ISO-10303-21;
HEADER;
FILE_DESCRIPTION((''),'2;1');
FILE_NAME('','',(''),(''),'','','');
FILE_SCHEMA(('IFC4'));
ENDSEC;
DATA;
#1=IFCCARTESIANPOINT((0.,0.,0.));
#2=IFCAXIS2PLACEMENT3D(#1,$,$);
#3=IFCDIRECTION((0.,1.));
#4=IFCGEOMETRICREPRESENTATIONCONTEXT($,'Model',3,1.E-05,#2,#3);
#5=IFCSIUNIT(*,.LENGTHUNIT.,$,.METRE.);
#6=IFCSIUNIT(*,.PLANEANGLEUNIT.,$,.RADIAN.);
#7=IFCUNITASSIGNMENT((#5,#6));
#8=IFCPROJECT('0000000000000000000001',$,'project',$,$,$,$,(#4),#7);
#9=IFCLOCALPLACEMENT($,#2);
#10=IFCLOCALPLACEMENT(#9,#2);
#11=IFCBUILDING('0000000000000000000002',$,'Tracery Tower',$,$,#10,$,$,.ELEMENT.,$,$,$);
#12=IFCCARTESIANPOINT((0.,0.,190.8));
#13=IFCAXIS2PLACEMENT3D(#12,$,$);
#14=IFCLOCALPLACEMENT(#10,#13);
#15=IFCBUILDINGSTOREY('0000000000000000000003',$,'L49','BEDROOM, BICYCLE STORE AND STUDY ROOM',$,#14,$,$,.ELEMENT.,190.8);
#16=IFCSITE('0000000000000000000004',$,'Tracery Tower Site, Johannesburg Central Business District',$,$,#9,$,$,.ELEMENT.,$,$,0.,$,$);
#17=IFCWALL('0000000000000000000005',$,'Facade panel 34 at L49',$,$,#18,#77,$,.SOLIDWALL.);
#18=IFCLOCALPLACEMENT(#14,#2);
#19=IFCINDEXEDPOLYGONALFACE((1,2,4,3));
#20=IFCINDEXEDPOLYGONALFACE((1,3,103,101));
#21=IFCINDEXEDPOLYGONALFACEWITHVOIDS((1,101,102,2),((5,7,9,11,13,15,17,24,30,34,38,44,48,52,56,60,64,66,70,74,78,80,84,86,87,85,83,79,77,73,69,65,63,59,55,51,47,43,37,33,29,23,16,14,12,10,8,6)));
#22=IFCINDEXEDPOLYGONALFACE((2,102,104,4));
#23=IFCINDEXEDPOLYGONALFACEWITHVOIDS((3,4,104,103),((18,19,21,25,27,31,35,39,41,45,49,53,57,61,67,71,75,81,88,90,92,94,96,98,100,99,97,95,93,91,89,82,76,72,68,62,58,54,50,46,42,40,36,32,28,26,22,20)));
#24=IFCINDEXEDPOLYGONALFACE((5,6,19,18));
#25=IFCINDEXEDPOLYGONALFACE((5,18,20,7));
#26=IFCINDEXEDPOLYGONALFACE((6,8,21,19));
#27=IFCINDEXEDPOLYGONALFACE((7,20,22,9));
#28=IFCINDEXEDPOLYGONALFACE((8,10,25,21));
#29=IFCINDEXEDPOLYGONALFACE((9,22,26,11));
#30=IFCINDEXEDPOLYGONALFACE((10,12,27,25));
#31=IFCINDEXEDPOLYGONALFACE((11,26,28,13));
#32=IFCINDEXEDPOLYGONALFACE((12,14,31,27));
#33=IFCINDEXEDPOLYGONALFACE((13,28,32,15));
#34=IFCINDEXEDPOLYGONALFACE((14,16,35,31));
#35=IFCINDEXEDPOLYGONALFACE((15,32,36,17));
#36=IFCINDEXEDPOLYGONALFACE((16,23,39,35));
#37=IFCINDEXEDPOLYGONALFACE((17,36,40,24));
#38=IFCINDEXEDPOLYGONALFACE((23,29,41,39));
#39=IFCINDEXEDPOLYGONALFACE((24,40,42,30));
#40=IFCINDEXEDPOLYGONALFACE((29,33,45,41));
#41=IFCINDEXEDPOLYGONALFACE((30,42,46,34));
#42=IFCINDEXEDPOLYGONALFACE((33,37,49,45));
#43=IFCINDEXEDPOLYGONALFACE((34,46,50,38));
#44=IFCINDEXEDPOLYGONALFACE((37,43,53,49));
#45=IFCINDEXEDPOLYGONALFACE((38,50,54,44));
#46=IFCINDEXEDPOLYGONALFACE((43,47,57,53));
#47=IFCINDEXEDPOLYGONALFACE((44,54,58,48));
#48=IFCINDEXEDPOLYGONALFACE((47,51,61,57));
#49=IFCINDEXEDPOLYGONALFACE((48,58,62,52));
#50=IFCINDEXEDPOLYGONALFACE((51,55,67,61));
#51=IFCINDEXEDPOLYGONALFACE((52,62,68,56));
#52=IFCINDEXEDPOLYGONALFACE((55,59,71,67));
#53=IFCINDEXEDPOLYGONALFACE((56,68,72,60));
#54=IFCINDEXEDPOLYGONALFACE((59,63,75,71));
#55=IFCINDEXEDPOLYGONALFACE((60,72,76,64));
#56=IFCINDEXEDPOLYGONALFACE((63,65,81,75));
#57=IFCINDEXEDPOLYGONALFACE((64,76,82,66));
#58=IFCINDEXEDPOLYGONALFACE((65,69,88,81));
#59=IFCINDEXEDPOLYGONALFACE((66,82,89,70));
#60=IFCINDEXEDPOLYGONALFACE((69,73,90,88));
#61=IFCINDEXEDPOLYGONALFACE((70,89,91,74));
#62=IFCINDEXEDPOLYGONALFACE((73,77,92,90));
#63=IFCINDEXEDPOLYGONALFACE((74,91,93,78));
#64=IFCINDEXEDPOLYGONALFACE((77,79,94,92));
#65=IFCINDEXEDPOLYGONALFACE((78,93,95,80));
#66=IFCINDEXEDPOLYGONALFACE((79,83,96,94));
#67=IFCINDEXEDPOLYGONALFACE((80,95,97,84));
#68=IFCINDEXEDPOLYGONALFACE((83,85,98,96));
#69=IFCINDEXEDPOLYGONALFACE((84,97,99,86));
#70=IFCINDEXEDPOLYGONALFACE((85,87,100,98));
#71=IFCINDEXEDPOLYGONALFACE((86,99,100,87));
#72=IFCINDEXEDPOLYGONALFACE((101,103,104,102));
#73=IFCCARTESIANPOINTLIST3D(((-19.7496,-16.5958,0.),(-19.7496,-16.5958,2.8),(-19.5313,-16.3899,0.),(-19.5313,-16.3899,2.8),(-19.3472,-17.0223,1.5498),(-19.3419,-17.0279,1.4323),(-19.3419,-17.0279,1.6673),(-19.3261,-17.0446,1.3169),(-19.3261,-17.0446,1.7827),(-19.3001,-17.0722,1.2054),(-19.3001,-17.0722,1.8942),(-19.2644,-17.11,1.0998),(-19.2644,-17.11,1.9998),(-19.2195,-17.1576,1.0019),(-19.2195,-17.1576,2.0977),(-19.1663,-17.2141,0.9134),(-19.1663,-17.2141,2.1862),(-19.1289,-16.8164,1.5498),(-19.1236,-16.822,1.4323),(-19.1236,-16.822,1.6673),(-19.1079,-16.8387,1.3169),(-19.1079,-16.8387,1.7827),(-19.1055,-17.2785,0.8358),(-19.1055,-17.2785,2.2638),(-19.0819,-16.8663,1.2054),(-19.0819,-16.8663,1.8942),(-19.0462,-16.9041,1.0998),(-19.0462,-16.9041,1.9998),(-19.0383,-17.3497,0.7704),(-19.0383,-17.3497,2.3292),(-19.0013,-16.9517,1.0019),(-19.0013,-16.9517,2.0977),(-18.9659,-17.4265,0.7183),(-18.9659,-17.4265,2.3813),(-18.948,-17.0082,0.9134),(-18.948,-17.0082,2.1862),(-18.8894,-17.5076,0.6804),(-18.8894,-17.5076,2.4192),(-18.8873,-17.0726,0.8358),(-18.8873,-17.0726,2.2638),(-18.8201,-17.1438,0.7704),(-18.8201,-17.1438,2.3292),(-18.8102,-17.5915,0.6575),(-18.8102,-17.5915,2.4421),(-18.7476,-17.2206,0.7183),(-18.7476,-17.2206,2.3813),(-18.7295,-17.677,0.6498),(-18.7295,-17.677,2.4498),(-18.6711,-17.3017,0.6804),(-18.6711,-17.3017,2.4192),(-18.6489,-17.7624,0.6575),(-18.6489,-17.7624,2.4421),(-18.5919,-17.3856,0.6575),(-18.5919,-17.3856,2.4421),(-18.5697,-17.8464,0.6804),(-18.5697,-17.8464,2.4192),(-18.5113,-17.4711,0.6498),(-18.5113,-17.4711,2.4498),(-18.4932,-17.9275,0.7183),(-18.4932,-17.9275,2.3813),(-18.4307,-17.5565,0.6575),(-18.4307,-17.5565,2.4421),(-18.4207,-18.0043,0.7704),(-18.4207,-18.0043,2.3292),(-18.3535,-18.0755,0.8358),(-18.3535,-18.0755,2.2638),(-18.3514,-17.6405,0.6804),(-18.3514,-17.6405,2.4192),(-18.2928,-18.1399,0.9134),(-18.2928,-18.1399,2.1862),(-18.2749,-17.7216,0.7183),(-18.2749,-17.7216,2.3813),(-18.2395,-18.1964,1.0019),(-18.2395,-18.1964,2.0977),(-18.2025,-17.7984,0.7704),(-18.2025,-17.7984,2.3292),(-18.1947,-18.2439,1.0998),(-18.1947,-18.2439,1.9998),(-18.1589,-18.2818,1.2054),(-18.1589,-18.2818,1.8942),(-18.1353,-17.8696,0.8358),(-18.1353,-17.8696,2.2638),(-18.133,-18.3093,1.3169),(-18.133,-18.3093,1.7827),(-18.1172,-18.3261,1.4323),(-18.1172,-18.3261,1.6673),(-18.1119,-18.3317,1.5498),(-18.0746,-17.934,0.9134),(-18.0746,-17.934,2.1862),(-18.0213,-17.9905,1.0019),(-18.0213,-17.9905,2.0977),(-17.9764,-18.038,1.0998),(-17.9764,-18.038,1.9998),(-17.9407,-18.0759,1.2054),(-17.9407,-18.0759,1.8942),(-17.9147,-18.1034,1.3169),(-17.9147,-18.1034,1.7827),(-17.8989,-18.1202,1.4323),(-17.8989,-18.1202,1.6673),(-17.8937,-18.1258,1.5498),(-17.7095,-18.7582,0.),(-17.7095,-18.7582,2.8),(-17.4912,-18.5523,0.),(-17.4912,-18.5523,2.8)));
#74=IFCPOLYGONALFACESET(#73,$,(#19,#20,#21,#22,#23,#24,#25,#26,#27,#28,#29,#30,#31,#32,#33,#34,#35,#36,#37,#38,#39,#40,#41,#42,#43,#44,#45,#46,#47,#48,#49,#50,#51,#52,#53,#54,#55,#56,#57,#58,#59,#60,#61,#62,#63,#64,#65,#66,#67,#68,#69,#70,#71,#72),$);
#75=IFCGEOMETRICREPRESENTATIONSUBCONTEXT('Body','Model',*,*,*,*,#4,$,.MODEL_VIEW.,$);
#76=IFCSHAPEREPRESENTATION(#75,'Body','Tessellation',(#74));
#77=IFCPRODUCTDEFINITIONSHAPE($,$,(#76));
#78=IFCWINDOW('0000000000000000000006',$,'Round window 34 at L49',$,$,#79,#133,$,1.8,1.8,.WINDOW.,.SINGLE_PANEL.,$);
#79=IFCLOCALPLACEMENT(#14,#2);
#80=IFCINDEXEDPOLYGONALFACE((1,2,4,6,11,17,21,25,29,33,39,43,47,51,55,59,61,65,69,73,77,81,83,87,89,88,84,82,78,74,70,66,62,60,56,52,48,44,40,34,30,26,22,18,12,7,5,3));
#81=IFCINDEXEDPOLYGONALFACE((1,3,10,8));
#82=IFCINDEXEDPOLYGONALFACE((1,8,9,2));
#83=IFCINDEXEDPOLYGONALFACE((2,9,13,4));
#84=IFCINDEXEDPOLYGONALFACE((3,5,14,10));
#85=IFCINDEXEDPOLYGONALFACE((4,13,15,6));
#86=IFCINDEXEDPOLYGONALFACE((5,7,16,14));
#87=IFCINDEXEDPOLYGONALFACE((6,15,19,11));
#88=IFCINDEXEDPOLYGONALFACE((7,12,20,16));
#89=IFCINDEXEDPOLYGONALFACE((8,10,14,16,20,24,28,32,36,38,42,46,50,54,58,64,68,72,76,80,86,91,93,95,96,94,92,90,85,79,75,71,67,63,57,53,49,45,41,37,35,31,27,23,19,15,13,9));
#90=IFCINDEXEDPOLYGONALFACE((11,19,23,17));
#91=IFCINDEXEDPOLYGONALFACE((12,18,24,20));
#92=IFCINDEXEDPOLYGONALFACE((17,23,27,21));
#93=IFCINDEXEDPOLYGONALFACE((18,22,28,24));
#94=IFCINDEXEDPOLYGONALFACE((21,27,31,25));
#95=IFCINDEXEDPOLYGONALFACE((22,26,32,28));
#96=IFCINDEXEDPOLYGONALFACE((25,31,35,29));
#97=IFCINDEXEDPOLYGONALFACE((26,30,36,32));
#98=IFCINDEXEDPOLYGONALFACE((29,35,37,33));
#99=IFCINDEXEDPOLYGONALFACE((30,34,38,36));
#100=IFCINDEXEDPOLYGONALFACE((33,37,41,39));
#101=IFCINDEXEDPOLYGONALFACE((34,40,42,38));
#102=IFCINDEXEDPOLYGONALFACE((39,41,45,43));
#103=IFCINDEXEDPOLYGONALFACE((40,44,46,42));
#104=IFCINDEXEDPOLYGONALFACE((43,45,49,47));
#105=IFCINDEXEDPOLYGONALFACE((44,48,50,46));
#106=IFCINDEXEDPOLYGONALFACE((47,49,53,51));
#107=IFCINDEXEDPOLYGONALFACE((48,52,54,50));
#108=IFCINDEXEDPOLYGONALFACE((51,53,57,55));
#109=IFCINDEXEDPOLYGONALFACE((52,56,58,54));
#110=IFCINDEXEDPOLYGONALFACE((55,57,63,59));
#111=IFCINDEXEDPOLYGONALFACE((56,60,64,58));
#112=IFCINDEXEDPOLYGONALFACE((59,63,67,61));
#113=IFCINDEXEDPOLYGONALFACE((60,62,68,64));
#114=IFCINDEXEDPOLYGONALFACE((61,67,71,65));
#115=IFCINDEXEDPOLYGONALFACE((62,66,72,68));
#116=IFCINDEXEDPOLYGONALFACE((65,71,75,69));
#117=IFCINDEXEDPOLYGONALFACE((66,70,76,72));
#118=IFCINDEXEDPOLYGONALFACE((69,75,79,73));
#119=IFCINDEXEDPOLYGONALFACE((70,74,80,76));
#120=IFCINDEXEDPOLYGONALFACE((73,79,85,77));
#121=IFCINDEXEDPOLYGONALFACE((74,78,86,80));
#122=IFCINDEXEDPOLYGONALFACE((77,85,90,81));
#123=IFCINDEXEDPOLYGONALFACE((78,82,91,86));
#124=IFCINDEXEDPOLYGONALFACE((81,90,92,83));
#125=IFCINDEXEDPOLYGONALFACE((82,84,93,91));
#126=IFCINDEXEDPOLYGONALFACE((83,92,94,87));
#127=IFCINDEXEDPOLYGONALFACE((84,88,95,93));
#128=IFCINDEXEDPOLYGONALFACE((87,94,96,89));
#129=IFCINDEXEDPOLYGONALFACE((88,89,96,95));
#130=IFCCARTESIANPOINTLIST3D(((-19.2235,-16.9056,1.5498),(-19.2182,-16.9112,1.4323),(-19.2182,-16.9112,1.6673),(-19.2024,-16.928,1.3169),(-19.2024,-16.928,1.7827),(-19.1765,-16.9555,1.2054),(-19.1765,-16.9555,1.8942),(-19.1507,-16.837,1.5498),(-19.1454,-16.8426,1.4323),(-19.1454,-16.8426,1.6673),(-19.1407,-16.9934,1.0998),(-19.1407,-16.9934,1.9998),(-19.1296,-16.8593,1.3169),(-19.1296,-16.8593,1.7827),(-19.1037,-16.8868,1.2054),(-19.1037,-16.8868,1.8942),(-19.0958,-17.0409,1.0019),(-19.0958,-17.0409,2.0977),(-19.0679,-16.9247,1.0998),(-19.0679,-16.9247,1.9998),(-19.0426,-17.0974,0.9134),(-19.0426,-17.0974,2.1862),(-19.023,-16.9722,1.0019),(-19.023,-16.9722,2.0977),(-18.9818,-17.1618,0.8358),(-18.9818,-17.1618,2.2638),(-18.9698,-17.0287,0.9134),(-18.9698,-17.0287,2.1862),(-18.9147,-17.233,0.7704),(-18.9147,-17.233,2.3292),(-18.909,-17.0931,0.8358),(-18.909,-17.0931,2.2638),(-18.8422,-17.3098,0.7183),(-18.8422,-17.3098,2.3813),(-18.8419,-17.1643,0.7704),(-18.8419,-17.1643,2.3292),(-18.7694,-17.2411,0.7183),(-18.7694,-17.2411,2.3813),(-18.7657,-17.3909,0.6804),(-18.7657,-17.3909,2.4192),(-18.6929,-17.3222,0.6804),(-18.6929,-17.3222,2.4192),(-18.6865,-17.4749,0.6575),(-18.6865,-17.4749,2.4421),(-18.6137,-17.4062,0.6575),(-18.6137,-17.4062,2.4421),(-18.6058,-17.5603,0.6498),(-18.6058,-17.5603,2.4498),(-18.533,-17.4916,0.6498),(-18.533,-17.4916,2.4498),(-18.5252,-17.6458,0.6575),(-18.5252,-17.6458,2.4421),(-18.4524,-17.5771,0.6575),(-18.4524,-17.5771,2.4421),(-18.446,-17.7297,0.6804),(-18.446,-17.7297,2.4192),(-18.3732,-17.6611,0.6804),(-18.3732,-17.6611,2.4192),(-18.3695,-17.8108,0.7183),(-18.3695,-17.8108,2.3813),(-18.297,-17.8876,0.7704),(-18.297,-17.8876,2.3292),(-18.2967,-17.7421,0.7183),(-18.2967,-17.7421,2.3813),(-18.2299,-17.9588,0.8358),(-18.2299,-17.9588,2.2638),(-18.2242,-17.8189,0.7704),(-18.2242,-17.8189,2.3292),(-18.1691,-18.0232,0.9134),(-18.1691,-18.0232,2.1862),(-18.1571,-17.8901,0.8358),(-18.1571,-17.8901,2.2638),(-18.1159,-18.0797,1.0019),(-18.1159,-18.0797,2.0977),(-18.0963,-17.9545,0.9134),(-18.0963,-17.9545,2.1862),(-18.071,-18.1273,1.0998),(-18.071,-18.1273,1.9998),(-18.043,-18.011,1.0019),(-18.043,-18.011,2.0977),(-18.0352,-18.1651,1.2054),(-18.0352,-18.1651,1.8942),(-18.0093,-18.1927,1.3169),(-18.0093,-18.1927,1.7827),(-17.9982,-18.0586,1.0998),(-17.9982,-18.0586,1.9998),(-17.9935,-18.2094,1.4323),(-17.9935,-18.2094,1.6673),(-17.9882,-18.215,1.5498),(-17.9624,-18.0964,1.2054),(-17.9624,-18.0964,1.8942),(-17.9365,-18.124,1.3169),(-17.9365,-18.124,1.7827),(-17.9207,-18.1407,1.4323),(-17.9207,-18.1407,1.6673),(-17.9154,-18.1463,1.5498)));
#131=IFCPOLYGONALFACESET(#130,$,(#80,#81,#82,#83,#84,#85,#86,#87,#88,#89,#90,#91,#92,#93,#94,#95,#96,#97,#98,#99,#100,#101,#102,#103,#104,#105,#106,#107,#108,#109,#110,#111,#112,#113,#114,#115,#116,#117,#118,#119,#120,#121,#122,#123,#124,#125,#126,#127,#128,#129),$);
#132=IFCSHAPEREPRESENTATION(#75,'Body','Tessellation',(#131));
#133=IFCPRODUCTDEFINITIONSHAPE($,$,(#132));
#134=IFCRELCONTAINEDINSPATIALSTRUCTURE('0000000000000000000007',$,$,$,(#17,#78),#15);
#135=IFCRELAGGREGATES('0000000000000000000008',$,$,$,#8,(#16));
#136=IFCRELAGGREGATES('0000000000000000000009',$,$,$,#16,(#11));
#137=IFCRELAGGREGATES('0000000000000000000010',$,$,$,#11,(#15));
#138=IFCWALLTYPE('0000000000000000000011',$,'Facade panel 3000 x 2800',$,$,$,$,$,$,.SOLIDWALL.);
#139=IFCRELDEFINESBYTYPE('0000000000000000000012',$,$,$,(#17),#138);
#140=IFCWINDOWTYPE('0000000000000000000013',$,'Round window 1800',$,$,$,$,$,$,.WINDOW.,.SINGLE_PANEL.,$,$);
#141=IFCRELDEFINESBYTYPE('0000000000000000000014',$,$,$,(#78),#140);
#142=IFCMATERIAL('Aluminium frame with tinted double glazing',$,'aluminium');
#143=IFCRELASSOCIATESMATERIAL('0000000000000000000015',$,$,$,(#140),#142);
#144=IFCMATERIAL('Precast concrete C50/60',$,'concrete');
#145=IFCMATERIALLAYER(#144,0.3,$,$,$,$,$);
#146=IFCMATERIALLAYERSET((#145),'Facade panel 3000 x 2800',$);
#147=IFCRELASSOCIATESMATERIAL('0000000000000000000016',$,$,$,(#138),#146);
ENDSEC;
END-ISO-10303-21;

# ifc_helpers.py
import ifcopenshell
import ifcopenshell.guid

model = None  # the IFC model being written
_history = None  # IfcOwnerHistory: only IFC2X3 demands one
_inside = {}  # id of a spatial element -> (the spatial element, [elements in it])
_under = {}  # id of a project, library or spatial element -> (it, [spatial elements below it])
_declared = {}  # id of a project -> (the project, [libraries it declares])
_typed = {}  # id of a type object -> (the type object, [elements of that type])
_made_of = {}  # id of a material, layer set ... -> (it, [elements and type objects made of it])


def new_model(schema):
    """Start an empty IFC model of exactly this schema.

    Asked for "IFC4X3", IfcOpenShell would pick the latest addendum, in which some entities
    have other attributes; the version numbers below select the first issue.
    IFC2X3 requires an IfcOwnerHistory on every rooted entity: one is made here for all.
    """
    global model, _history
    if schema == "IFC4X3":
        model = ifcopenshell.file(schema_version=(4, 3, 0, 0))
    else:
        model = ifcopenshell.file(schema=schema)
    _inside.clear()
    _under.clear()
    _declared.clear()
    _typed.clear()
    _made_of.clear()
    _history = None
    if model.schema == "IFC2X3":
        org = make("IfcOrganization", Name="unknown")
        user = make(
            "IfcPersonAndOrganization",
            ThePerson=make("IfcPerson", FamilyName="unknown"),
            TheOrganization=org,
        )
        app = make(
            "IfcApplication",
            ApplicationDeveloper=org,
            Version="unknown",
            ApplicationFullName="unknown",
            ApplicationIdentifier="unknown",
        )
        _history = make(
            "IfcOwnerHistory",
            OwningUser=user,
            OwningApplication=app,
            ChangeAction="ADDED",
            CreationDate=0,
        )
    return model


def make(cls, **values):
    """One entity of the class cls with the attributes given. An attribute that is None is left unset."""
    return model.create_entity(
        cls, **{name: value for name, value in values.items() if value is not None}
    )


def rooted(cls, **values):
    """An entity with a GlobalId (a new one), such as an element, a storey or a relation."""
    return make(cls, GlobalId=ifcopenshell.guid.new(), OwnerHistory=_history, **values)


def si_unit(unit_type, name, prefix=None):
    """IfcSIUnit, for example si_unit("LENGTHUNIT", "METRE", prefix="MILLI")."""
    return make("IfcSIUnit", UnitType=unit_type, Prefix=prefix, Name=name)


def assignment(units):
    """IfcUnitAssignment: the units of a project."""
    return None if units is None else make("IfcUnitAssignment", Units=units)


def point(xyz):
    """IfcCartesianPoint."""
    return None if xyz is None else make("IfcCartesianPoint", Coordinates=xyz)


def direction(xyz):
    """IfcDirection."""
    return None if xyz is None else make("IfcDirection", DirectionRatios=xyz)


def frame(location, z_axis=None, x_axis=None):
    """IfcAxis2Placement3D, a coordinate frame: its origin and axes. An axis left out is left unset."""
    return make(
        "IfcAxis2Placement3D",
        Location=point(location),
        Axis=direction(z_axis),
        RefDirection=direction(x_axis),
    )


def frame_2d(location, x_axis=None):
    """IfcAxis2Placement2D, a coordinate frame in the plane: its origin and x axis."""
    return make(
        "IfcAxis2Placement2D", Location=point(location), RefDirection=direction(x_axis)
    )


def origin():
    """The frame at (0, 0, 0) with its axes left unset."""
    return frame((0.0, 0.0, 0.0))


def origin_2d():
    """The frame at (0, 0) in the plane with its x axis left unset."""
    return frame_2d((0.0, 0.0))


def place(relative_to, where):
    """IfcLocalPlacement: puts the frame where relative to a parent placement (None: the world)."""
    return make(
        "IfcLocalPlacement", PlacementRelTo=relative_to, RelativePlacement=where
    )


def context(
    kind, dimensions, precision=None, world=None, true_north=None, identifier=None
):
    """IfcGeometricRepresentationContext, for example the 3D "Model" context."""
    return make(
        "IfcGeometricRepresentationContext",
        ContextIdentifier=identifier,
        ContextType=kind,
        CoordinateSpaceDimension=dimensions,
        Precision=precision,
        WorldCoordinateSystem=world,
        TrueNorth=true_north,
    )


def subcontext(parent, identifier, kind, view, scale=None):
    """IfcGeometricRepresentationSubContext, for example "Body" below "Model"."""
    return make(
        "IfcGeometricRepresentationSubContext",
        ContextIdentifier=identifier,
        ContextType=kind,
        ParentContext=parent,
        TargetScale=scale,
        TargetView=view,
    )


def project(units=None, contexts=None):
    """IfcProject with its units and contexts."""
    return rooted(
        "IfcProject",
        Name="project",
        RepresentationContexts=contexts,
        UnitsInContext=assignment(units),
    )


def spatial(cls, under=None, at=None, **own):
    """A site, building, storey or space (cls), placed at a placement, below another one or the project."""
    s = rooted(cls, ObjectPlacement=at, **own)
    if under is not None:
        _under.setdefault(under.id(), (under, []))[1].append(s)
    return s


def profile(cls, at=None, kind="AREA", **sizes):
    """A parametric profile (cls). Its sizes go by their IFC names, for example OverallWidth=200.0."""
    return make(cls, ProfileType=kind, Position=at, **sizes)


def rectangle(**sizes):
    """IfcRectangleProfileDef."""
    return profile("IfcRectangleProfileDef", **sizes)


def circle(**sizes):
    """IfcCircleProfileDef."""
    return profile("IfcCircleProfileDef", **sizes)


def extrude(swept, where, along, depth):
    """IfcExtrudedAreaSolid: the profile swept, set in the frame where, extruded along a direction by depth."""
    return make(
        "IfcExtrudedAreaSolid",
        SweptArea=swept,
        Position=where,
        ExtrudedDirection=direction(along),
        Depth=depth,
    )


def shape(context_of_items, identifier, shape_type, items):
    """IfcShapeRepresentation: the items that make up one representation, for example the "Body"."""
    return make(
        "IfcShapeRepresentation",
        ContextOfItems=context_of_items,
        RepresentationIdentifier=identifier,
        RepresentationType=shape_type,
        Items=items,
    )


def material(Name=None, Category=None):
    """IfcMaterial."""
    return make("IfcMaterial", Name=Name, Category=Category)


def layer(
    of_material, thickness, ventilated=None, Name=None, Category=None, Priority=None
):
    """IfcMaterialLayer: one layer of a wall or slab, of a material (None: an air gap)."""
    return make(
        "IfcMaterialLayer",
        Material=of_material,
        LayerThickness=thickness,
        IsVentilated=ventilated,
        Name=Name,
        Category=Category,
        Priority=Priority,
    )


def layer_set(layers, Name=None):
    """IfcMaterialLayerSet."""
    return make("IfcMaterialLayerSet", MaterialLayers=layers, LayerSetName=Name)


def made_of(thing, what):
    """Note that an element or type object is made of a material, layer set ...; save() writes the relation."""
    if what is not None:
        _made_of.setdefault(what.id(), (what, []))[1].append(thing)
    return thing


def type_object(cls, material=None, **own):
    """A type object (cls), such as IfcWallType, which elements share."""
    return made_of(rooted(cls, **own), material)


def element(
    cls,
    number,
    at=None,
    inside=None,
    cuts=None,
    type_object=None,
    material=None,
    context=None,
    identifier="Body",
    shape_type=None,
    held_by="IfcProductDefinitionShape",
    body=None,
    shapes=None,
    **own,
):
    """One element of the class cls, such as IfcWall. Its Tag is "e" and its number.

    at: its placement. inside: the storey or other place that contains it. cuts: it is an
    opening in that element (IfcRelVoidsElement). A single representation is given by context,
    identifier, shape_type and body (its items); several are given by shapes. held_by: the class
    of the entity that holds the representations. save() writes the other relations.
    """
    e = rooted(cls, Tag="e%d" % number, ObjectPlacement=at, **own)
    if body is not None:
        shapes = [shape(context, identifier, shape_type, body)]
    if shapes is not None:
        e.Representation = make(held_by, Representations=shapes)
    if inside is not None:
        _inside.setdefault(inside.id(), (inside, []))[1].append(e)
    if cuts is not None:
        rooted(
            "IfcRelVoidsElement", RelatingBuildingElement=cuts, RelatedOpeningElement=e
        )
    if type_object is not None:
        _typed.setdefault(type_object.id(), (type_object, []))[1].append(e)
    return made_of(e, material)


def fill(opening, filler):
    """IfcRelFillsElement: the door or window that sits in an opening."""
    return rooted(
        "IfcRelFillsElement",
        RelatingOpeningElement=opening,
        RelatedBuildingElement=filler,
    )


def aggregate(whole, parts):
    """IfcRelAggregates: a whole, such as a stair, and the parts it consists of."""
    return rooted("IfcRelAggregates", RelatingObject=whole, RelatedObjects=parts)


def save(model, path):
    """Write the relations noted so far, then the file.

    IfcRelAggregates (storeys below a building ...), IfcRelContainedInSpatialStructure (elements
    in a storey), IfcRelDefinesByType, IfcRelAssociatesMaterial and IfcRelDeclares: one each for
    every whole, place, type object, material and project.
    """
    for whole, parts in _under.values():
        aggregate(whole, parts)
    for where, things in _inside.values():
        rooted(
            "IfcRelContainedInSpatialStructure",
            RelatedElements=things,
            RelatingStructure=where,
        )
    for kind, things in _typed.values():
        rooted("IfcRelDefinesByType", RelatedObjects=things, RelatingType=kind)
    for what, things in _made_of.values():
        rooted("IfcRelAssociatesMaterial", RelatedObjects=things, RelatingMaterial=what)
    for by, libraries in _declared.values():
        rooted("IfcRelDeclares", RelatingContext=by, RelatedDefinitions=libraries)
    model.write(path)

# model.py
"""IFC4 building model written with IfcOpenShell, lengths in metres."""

from ifc_helpers import new_model, si_unit, direction, frame, frame_2d, origin, origin_2d, place, context, subcontext, project, spatial, rectangle, circle, extrude, material, layer, layer_set, type_object, element, fill, save


model = new_model("IFC4")

# Units and contexts
model_context = context("Model", 3, precision=1e-05, world=origin(), true_north=direction((0.0, 1.0)))
body_context = subcontext(model_context, "Body", "Model", "MODEL_VIEW")
ifc_project = project(units=[si_unit("LENGTHUNIT", "METRE"), si_unit("PLANEANGLEUNIT", "RADIAN")], contexts=[model_context])

# Site, building, storey
site_placement = place(None, origin())
site = spatial("IfcSite", under=ifc_project, at=site_placement, Name="Tracery Tower Site, Johannesburg Central Business District", CompositionType="ELEMENT", RefElevation=0.0)
building_placement = place(site_placement, origin())
building = spatial("IfcBuilding", under=site, at=building_placement, Name="Tracery Tower", CompositionType="ELEMENT")
storey_placement = place(building_placement, frame((0.0, 0.0, 190.8)))
storey = spatial("IfcBuildingStorey", under=building, at=storey_placement, Name="L49", Description="BEDROOM, BICYCLE STORE AND STUDY ROOM", CompositionType="ELEMENT", Elevation=190.8)

# Wall, opening, window
ifc_material_1 = material(Name="Aluminium frame with tinted double glazing", Category="aluminium")
window_type = type_object("IfcWindowType", Name="Round window 1800", PartitioningType="SINGLE_PANEL", PredefinedType="WINDOW", material=ifc_material_1)
ifc_material_2 = material(Name="Precast concrete C50/60", Category="concrete")
ifc_layer_1 = layer(ifc_material_2, 0.3)
ifc_layer_set_1 = layer_set([ifc_layer_1], Name="Facade panel 3000 x 2800")
wall_type_1 = type_object("IfcWallType", Name="Facade panel 3000 x 2800", PredefinedType="SOLIDWALL", material=ifc_layer_set_1)
wall_1_placement = place(storey_placement, frame((-19.6404, -16.4929, 0.0), z_axis=(0.0, 0.0, 1.0), x_axis=(0.686235, -0.72738, 0.0)))
wall_1 = element("IfcWall", 1, at=wall_1_placement, inside=storey, type_object=wall_type_1, Name="Facade panel 34 at L49", PredefinedType="SOLIDWALL", context=body_context, shape_type="SweptSolid", body=[
    extrude(rectangle(XDim=2.9729, YDim=0.3, at=frame_2d((1.4863, 0.0))), origin(), (0.0, 0.0, 1.0), 2.8),
])
opening_1_placement = place(wall_1_placement, frame((1.4863, 0.0, 1.5498)))
opening_1 = element("IfcOpeningElement", 2, at=opening_1_placement, cuts=wall_1, PredefinedType="OPENING", context=body_context, shape_type="SweptSolid", body=[
    extrude(circle(Radius=0.9, at=origin_2d()), frame((0.0, 0.1599, 0.0), z_axis=(0.0, -1.0, 0.0), x_axis=(1.0, 0.0, 0.0)), (0.0, 0.0, 1.0), 0.3201),
])
window_1_placement = place(opening_1_placement, origin())
window_1 = element("IfcWindow", 3, at=window_1_placement, inside=storey, type_object=window_type, Name="Round window 34 at L49", OverallHeight=1.8, OverallWidth=1.8, PartitioningType="SINGLE_PANEL", PredefinedType="WINDOW", context=body_context, shape_type="SweptSolid", body=[
    extrude(circle(Radius=0.9, at=origin_2d()), frame((0.0, 0.1201, 0.0), z_axis=(0.0, -1.0, 0.0), x_axis=(1.0, 0.0, 0.0)), (0.0, 0.0, 1.0), 0.1001),
])
fill(opening_1, window_1)

save(model, "model.ifc")
